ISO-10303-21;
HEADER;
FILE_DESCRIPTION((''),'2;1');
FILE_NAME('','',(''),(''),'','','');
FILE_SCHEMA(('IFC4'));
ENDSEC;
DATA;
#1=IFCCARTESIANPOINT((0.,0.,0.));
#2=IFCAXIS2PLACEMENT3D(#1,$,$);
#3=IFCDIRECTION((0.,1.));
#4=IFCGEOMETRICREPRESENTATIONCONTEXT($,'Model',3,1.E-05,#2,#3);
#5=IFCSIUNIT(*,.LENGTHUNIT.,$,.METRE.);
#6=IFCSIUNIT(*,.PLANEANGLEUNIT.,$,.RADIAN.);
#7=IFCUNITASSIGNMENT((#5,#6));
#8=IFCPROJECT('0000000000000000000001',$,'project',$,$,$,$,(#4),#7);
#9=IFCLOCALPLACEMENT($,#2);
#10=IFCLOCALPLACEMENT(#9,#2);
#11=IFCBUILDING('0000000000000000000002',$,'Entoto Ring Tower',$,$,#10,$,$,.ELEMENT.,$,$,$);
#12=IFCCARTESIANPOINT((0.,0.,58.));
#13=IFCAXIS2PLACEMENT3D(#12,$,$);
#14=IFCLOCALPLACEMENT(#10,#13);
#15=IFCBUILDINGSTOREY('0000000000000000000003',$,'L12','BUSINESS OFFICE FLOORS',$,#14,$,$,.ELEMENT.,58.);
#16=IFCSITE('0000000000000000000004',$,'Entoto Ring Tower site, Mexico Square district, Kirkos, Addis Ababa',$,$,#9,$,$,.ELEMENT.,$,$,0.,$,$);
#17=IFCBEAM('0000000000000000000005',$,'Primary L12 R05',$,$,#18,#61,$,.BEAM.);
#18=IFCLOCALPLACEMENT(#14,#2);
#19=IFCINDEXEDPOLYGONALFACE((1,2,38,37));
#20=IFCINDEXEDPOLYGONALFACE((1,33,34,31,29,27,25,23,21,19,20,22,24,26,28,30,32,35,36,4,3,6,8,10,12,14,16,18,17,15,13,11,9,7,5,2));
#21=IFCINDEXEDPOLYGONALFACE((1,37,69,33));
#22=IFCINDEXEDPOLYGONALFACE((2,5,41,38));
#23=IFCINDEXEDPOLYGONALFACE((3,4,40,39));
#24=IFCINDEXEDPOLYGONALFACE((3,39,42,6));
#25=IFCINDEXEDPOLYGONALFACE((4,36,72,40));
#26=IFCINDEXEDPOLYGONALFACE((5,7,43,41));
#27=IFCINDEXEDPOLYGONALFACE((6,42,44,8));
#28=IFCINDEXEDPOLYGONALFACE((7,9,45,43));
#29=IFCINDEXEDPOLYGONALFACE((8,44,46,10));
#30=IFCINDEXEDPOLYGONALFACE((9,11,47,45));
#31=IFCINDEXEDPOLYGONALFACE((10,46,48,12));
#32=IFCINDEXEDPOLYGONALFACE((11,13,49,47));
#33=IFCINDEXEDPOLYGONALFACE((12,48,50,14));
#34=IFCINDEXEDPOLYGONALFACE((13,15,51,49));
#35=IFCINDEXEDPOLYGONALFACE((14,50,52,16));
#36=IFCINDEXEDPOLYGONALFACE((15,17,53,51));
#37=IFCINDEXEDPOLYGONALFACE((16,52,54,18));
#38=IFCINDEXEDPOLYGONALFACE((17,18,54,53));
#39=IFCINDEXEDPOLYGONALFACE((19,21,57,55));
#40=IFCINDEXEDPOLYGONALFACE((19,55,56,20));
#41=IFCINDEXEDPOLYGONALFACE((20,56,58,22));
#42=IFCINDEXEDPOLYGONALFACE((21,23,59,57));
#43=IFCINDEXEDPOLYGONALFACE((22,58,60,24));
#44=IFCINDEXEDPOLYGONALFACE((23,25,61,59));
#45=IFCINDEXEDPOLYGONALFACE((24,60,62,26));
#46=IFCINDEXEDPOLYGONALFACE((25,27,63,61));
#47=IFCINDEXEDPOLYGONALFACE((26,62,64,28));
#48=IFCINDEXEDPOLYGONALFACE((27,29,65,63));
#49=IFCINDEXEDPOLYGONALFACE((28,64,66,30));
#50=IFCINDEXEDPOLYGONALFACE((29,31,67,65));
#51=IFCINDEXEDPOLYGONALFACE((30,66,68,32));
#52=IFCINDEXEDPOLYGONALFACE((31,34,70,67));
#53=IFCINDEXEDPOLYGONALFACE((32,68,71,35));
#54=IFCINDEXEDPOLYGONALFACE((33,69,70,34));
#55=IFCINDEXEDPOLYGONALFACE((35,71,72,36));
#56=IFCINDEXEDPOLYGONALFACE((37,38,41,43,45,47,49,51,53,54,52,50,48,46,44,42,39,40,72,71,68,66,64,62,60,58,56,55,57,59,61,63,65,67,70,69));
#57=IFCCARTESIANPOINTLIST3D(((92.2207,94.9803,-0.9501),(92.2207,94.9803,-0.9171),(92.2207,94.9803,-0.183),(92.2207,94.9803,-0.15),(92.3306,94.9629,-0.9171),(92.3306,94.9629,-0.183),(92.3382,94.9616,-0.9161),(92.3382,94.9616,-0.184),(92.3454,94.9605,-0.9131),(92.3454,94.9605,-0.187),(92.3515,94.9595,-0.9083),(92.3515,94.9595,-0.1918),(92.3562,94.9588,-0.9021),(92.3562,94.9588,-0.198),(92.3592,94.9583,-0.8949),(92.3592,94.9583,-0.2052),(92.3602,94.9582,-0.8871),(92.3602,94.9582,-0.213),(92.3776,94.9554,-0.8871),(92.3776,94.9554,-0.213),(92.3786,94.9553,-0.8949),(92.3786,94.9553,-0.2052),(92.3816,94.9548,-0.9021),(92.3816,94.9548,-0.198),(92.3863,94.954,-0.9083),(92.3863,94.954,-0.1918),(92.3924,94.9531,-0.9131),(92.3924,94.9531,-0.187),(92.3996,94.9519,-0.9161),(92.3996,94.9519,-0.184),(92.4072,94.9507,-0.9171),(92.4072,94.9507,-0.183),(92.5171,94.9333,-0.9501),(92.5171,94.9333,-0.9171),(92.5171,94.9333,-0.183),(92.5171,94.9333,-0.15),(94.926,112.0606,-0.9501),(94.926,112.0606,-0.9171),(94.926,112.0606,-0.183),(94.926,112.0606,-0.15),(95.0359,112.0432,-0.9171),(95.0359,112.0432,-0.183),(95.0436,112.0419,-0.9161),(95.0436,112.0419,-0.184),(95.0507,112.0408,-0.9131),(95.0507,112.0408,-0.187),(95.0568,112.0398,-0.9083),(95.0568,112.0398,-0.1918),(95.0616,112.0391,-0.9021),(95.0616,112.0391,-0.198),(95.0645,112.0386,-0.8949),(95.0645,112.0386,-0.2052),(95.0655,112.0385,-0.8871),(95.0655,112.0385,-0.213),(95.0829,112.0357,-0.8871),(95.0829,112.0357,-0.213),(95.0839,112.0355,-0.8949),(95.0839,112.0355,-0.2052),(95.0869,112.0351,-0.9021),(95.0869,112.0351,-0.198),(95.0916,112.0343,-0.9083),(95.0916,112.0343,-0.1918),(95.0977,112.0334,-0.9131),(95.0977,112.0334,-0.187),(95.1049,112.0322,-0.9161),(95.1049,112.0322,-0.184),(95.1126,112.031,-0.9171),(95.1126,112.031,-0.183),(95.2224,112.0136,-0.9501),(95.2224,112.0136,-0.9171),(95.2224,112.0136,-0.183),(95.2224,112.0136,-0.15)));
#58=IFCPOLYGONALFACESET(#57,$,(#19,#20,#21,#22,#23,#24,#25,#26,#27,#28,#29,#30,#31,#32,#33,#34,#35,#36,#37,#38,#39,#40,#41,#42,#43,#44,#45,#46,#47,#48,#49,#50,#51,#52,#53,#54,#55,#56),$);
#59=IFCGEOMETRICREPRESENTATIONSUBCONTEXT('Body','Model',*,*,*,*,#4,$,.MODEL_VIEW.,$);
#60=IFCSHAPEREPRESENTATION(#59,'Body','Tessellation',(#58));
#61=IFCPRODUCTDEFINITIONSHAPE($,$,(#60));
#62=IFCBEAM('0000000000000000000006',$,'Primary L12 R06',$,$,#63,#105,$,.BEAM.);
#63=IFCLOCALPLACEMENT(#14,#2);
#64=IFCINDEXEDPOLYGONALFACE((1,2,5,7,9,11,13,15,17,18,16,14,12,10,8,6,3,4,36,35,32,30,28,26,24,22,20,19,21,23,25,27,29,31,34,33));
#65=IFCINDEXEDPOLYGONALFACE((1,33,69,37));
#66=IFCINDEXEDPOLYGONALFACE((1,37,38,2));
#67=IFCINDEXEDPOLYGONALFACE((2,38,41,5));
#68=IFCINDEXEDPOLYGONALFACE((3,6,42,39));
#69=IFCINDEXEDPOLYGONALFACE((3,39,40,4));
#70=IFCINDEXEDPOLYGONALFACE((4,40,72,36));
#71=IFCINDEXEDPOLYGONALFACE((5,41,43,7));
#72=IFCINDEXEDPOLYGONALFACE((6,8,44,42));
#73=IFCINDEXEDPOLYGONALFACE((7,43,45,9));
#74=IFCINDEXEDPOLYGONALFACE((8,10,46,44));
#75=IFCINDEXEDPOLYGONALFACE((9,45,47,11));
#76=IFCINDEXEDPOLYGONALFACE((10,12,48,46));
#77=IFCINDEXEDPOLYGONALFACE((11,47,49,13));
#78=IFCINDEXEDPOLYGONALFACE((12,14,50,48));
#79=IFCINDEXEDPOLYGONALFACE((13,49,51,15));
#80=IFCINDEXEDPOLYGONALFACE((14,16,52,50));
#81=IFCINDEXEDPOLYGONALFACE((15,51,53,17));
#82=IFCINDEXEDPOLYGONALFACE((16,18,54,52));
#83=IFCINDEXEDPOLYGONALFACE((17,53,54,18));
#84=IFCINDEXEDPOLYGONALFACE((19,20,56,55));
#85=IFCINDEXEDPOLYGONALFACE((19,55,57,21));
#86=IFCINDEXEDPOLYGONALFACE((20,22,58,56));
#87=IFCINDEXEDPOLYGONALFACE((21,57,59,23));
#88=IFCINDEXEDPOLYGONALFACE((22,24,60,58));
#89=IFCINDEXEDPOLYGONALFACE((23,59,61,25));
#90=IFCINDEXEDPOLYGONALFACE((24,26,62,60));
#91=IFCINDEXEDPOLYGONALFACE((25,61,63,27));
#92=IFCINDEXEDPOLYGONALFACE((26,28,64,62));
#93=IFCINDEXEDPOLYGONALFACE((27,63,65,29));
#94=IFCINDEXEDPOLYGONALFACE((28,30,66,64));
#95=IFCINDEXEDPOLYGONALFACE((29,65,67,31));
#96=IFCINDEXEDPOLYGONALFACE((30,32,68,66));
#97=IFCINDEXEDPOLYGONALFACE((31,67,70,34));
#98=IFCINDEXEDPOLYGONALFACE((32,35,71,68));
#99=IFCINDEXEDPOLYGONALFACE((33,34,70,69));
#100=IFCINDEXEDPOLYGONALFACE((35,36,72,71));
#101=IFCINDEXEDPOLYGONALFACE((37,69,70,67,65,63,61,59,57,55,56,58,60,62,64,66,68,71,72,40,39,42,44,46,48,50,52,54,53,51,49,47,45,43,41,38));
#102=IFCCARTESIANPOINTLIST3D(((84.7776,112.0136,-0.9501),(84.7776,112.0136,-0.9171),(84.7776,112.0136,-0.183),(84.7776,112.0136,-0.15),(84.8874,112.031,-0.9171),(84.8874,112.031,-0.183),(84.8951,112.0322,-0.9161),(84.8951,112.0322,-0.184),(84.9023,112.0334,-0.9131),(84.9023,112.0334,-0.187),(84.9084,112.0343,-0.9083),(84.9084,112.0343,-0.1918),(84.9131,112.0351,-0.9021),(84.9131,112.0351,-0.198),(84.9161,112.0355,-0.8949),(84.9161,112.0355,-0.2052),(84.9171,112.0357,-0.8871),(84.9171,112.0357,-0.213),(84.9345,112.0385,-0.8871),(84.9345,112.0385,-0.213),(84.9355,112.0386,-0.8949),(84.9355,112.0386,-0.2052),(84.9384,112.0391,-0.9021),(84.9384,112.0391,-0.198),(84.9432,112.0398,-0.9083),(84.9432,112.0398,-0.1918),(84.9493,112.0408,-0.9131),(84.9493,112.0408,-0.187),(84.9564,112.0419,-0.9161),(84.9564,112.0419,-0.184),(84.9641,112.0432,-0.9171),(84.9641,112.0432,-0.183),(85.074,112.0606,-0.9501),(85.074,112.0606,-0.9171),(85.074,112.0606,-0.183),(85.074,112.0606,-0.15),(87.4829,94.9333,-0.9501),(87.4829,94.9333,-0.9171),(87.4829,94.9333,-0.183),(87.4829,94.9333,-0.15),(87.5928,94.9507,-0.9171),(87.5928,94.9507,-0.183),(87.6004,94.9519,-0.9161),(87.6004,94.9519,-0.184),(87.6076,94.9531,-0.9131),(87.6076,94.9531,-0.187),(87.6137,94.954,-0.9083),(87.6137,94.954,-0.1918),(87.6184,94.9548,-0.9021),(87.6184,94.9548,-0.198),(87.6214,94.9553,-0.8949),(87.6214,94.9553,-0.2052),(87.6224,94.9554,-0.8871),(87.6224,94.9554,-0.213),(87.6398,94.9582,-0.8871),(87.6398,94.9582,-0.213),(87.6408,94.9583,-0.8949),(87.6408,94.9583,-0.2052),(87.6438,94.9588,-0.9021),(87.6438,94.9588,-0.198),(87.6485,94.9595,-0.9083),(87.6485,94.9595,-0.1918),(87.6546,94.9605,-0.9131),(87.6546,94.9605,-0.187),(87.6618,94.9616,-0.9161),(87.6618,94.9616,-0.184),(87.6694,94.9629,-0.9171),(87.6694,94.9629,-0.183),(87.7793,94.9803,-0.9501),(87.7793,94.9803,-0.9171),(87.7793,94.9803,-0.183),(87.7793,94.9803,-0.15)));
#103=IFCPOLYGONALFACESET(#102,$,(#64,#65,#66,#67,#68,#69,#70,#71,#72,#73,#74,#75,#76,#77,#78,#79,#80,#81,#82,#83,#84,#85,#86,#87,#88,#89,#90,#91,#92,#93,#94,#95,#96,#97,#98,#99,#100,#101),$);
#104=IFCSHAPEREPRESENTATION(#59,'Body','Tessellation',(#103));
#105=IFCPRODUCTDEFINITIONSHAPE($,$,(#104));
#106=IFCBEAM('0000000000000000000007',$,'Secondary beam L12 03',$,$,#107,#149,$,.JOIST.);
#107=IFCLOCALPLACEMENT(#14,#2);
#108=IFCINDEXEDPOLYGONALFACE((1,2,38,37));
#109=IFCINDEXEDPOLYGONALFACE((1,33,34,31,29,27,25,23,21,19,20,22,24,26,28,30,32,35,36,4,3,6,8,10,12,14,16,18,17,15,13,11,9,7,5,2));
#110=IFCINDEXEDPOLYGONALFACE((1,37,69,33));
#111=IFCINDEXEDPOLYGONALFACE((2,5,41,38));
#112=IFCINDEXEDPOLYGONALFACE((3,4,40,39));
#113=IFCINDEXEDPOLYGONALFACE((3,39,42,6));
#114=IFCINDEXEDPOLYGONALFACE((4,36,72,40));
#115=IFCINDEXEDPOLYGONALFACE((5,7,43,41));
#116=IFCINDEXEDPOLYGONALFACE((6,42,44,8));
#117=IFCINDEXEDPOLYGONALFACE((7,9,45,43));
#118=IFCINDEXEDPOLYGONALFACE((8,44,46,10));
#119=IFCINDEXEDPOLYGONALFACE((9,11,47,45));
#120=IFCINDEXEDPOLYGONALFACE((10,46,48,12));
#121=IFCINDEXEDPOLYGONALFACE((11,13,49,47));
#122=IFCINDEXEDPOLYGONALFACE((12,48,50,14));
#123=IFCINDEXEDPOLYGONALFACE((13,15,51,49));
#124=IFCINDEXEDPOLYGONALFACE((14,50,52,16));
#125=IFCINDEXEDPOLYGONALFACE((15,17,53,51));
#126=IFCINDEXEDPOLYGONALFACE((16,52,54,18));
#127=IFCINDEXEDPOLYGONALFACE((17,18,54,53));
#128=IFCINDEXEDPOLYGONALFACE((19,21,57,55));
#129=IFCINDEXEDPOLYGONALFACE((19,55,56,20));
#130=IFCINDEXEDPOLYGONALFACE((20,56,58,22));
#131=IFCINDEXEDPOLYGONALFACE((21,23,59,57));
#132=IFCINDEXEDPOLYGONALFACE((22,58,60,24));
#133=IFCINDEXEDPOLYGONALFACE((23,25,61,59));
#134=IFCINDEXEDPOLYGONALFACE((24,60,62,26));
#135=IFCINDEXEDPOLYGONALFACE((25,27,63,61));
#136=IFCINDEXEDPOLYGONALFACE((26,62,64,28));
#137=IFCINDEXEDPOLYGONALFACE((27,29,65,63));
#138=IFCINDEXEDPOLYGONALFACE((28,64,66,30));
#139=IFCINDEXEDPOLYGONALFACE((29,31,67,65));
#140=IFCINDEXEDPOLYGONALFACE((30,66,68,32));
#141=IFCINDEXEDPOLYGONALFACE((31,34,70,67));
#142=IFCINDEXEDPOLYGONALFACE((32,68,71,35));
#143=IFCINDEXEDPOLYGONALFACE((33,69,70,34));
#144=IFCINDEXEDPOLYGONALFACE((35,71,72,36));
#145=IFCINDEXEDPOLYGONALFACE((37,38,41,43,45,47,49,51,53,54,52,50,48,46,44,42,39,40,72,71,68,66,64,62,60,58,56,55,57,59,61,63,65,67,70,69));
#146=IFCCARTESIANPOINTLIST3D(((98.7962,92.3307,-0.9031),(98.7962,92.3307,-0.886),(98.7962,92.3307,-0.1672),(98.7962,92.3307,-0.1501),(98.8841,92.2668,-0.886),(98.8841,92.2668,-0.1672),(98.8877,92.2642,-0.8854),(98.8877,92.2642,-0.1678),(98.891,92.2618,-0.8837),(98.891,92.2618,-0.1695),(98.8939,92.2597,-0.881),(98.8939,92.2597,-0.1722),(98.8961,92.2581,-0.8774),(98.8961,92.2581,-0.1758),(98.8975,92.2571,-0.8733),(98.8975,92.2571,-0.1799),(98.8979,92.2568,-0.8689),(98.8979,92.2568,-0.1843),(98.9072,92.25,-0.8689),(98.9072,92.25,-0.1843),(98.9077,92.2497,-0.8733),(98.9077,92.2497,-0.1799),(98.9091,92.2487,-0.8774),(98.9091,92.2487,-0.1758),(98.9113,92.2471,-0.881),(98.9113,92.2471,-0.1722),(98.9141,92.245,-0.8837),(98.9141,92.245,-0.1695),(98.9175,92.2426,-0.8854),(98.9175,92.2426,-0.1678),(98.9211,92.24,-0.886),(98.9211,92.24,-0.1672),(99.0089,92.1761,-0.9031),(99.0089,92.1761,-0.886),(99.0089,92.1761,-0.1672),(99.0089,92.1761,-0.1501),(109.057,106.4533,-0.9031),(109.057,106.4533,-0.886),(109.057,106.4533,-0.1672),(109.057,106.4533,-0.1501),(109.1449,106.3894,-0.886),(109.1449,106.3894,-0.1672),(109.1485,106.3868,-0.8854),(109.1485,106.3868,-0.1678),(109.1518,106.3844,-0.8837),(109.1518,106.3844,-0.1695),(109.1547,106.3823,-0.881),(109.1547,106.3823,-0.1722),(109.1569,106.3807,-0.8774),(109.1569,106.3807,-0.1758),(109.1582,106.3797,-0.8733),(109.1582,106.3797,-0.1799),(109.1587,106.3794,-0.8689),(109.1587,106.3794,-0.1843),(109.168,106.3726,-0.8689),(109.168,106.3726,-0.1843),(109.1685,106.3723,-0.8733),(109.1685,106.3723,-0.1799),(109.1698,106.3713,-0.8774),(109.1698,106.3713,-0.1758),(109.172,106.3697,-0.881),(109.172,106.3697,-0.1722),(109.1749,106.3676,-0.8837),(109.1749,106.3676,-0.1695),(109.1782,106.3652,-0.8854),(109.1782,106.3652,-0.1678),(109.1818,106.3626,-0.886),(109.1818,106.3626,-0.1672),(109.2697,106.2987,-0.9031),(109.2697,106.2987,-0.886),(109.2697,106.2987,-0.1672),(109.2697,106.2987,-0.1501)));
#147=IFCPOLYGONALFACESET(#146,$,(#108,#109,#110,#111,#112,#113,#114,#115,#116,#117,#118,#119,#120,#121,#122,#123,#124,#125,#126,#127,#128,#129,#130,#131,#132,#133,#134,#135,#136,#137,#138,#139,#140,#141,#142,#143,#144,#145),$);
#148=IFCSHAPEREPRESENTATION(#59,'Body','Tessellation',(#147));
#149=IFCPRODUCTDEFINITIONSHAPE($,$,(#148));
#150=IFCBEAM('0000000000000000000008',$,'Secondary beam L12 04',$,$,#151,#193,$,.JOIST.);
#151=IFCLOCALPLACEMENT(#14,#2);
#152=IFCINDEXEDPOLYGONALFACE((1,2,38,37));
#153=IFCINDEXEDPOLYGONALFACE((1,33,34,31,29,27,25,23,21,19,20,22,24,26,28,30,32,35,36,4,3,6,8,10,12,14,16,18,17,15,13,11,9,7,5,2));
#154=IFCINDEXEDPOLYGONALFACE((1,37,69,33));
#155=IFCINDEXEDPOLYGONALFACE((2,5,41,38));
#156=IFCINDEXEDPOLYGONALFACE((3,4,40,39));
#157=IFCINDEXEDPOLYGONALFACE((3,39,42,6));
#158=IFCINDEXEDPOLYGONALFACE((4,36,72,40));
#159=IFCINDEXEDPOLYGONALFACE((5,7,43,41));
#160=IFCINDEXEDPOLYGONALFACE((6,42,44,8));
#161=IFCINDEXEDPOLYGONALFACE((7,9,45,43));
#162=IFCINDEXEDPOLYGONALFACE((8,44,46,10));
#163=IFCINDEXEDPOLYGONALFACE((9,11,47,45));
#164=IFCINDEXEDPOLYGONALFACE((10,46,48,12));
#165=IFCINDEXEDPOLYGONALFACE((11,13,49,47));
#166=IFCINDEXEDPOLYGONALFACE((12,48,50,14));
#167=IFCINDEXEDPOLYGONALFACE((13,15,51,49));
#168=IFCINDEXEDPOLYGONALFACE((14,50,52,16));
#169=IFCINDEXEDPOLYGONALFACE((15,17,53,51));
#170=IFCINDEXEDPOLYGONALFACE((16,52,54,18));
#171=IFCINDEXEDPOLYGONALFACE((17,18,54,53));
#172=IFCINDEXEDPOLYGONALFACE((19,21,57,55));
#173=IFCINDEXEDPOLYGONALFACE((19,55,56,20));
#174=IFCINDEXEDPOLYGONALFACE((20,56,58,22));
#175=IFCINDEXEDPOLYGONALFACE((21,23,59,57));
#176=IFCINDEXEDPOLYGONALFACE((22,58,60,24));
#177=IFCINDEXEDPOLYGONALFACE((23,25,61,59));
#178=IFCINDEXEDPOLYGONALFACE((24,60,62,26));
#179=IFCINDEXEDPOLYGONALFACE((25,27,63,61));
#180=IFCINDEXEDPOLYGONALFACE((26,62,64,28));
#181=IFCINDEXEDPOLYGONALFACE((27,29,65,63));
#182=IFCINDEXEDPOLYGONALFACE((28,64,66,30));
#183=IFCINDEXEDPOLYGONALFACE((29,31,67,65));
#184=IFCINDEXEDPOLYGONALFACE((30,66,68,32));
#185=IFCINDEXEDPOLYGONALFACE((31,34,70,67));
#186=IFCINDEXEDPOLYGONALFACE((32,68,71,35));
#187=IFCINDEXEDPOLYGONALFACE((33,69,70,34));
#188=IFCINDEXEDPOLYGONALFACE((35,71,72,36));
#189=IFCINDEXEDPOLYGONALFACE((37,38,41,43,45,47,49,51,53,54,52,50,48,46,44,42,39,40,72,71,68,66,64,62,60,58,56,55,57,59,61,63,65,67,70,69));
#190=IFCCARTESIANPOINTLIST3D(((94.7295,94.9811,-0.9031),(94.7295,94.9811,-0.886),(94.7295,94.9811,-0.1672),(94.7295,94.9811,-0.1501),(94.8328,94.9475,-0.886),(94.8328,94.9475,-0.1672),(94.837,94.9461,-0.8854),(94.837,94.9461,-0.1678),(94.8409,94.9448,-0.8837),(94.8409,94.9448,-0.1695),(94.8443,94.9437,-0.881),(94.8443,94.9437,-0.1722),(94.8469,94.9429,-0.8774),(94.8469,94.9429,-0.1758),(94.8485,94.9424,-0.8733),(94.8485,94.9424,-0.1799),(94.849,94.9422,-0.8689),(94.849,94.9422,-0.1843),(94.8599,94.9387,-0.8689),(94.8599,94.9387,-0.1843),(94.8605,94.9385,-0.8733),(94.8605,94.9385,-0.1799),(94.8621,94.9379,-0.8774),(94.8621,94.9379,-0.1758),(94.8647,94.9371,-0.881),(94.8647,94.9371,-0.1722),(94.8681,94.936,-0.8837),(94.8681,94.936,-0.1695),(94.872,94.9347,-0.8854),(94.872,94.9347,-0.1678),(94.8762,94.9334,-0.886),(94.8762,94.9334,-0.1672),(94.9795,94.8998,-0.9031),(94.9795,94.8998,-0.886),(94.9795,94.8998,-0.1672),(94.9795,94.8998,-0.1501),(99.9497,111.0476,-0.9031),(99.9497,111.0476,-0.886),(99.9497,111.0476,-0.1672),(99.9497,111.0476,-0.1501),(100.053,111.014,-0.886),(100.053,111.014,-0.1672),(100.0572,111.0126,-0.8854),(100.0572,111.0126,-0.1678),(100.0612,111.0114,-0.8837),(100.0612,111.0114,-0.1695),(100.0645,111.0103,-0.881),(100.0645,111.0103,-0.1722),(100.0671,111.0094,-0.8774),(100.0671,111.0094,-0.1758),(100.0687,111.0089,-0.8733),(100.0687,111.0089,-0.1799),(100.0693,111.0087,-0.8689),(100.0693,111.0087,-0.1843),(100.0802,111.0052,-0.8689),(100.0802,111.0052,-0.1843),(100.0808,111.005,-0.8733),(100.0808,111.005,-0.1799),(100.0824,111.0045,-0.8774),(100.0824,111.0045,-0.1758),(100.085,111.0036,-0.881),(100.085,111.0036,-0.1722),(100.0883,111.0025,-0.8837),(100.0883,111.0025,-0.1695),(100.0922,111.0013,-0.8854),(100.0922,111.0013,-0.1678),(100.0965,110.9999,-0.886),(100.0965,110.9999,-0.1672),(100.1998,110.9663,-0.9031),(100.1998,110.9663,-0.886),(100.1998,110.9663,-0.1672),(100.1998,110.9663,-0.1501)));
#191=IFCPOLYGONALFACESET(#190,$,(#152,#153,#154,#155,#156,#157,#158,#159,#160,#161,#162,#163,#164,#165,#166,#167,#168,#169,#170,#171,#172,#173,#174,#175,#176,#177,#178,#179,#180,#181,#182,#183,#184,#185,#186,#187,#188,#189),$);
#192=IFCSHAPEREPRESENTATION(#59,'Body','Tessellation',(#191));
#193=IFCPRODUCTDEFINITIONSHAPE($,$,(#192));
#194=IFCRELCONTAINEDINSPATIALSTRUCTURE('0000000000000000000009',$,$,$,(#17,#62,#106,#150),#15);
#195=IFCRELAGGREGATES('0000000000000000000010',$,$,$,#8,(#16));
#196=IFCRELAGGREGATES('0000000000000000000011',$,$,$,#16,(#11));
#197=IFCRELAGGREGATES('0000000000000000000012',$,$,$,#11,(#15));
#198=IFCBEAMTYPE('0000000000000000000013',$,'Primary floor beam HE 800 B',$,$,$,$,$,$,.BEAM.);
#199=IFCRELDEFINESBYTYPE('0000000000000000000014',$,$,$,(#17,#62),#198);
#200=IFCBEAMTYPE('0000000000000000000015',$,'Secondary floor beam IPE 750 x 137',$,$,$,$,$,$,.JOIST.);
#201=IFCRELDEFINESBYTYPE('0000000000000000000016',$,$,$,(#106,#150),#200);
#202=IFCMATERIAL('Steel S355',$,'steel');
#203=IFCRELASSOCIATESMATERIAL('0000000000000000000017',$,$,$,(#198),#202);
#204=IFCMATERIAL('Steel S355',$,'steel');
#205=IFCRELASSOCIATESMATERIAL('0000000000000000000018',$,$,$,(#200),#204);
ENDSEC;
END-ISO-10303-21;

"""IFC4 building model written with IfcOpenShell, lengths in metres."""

from ifc_helpers import new_model, si_unit, direction, frame, origin, origin_2d, place, context, subcontext, project, spatial, i_section, extrude, material, material_profile, profile_set, type_object, element, save


model = new_model("IFC4")

# Units and contexts
model_context = context("Model", 3, precision=1e-05, world=origin(), true_north=direction((0.0, 1.0)))
body_context = subcontext(model_context, "Body", "Model", "MODEL_VIEW")
ifc_project = project(units=[si_unit("LENGTHUNIT", "METRE"), si_unit("PLANEANGLEUNIT", "RADIAN")], contexts=[model_context])

# Site, building, storey
site_placement = place(None, origin())
site = spatial("IfcSite", under=ifc_project, at=site_placement, Name="Entoto Ring Tower site, Mexico Square district, Kirkos, Addis Ababa", CompositionType="ELEMENT", RefElevation=0.0)
building_placement = place(site_placement, origin())
building = spatial("IfcBuilding", under=site, at=building_placement, Name="Entoto Ring Tower", CompositionType="ELEMENT")
storey_placement = place(building_placement, frame((0.0, 0.0, 58.0)))
storey = spatial("IfcBuildingStorey", under=building, at=storey_placement, Name="L12", Description="BUSINESS OFFICE FLOORS", CompositionType="ELEMENT", Elevation=58.0)

# Beams
ifc_material_1 = material(Name="Steel S355", Category="steel")
ifc_material_profile_1 = material_profile(ifc_material_1, i_section(OverallWidth=0.3, OverallDepth=0.8, WebThickness=0.0176, FlangeThickness=0.033, FilletRadius=0.03, at=origin_2d()), Name="HE 800 B")
ifc_profile_set_1 = profile_set([ifc_material_profile_1], Name="Steel S355")
beam_type_1 = type_object("IfcBeamType", Name="Primary floor beam HE 800 B", PredefinedType="BEAM", material=ifc_profile_set_1)
for number, where, z_axis, x_axis, name in (
    (1, (92.3689, 94.9568, -0.55), (0.156438, 0.987688, 0.0), (-0.987688, 0.156438, 0.0), "Primary L12 R05"),
    (2, (87.6311, 94.9568, -0.55), (-0.156438, 0.987688, 0.0), (-0.987688, -0.156438, 0.0), "Primary L12 R06"),
):
    element("IfcBeam", number, at=place(storey_placement, frame(where, z_axis=z_axis, x_axis=x_axis)), inside=storey, type_object=beam_type_1, Name=name, PredefinedType="BEAM", context=body_context, shape_type="SweptSolid", body=[
        extrude(i_section(OverallWidth=0.3, OverallDepth=0.8, WebThickness=0.0176, FlangeThickness=0.033, FilletRadius=0.03, at=origin_2d()), origin(), (0.0, 0.0, 1.0), 17.2932),
    ])
ifc_material_2 = material(Name="Steel S355", Category="steel")
ifc_material_profile_2 = material_profile(ifc_material_2, i_section(OverallWidth=0.2629, OverallDepth=0.7529, WebThickness=0.0115, FlangeThickness=0.0171, FilletRadius=0.0171, at=origin_2d()), Name="IPE 750 x 137")
ifc_profile_set_2 = profile_set([ifc_material_profile_2], Name="Steel S355")
beam_type_2 = type_object("IfcBeamType", Name="Secondary floor beam IPE 750 x 137", PredefinedType="JOIST", material=ifc_profile_set_2)
beam_1_placement = place(storey_placement, frame((98.9026, 92.2534, -0.5266), z_axis=(0.587789, 0.809014, 0.0), x_axis=(-0.809014, 0.587789, 0.0)))
element("IfcBeam", 3, at=beam_1_placement, inside=storey, type_object=beam_type_2, Name="Secondary beam L12 03", PredefinedType="JOIST", context=body_context, shape_type="SweptSolid", body=[
    extrude(i_section(OverallWidth=0.2629, OverallDepth=0.7529, WebThickness=0.0115, FlangeThickness=0.0171, FilletRadius=0.0171, at=origin_2d()), origin(), (0.0, 0.0, 1.0), 17.4565),
])
beam_2_placement = place(storey_placement, frame((94.8545, 94.9404, -0.5266), z_axis=(0.309013, 0.951058, 0.0), x_axis=(-0.951058, 0.309013, 0.0)))
element("IfcBeam", 4, at=beam_2_placement, inside=storey, type_object=beam_type_2, Name="Secondary beam L12 04", PredefinedType="JOIST", context=body_context, shape_type="SweptSolid", body=[
    extrude(i_section(OverallWidth=0.2629, OverallDepth=0.7529, WebThickness=0.0115, FlangeThickness=0.0171, FilletRadius=0.0171, at=origin_2d()), origin(), (0.0, 0.0, 1.0), 16.8933),
])

save(model, "model.ifc")
